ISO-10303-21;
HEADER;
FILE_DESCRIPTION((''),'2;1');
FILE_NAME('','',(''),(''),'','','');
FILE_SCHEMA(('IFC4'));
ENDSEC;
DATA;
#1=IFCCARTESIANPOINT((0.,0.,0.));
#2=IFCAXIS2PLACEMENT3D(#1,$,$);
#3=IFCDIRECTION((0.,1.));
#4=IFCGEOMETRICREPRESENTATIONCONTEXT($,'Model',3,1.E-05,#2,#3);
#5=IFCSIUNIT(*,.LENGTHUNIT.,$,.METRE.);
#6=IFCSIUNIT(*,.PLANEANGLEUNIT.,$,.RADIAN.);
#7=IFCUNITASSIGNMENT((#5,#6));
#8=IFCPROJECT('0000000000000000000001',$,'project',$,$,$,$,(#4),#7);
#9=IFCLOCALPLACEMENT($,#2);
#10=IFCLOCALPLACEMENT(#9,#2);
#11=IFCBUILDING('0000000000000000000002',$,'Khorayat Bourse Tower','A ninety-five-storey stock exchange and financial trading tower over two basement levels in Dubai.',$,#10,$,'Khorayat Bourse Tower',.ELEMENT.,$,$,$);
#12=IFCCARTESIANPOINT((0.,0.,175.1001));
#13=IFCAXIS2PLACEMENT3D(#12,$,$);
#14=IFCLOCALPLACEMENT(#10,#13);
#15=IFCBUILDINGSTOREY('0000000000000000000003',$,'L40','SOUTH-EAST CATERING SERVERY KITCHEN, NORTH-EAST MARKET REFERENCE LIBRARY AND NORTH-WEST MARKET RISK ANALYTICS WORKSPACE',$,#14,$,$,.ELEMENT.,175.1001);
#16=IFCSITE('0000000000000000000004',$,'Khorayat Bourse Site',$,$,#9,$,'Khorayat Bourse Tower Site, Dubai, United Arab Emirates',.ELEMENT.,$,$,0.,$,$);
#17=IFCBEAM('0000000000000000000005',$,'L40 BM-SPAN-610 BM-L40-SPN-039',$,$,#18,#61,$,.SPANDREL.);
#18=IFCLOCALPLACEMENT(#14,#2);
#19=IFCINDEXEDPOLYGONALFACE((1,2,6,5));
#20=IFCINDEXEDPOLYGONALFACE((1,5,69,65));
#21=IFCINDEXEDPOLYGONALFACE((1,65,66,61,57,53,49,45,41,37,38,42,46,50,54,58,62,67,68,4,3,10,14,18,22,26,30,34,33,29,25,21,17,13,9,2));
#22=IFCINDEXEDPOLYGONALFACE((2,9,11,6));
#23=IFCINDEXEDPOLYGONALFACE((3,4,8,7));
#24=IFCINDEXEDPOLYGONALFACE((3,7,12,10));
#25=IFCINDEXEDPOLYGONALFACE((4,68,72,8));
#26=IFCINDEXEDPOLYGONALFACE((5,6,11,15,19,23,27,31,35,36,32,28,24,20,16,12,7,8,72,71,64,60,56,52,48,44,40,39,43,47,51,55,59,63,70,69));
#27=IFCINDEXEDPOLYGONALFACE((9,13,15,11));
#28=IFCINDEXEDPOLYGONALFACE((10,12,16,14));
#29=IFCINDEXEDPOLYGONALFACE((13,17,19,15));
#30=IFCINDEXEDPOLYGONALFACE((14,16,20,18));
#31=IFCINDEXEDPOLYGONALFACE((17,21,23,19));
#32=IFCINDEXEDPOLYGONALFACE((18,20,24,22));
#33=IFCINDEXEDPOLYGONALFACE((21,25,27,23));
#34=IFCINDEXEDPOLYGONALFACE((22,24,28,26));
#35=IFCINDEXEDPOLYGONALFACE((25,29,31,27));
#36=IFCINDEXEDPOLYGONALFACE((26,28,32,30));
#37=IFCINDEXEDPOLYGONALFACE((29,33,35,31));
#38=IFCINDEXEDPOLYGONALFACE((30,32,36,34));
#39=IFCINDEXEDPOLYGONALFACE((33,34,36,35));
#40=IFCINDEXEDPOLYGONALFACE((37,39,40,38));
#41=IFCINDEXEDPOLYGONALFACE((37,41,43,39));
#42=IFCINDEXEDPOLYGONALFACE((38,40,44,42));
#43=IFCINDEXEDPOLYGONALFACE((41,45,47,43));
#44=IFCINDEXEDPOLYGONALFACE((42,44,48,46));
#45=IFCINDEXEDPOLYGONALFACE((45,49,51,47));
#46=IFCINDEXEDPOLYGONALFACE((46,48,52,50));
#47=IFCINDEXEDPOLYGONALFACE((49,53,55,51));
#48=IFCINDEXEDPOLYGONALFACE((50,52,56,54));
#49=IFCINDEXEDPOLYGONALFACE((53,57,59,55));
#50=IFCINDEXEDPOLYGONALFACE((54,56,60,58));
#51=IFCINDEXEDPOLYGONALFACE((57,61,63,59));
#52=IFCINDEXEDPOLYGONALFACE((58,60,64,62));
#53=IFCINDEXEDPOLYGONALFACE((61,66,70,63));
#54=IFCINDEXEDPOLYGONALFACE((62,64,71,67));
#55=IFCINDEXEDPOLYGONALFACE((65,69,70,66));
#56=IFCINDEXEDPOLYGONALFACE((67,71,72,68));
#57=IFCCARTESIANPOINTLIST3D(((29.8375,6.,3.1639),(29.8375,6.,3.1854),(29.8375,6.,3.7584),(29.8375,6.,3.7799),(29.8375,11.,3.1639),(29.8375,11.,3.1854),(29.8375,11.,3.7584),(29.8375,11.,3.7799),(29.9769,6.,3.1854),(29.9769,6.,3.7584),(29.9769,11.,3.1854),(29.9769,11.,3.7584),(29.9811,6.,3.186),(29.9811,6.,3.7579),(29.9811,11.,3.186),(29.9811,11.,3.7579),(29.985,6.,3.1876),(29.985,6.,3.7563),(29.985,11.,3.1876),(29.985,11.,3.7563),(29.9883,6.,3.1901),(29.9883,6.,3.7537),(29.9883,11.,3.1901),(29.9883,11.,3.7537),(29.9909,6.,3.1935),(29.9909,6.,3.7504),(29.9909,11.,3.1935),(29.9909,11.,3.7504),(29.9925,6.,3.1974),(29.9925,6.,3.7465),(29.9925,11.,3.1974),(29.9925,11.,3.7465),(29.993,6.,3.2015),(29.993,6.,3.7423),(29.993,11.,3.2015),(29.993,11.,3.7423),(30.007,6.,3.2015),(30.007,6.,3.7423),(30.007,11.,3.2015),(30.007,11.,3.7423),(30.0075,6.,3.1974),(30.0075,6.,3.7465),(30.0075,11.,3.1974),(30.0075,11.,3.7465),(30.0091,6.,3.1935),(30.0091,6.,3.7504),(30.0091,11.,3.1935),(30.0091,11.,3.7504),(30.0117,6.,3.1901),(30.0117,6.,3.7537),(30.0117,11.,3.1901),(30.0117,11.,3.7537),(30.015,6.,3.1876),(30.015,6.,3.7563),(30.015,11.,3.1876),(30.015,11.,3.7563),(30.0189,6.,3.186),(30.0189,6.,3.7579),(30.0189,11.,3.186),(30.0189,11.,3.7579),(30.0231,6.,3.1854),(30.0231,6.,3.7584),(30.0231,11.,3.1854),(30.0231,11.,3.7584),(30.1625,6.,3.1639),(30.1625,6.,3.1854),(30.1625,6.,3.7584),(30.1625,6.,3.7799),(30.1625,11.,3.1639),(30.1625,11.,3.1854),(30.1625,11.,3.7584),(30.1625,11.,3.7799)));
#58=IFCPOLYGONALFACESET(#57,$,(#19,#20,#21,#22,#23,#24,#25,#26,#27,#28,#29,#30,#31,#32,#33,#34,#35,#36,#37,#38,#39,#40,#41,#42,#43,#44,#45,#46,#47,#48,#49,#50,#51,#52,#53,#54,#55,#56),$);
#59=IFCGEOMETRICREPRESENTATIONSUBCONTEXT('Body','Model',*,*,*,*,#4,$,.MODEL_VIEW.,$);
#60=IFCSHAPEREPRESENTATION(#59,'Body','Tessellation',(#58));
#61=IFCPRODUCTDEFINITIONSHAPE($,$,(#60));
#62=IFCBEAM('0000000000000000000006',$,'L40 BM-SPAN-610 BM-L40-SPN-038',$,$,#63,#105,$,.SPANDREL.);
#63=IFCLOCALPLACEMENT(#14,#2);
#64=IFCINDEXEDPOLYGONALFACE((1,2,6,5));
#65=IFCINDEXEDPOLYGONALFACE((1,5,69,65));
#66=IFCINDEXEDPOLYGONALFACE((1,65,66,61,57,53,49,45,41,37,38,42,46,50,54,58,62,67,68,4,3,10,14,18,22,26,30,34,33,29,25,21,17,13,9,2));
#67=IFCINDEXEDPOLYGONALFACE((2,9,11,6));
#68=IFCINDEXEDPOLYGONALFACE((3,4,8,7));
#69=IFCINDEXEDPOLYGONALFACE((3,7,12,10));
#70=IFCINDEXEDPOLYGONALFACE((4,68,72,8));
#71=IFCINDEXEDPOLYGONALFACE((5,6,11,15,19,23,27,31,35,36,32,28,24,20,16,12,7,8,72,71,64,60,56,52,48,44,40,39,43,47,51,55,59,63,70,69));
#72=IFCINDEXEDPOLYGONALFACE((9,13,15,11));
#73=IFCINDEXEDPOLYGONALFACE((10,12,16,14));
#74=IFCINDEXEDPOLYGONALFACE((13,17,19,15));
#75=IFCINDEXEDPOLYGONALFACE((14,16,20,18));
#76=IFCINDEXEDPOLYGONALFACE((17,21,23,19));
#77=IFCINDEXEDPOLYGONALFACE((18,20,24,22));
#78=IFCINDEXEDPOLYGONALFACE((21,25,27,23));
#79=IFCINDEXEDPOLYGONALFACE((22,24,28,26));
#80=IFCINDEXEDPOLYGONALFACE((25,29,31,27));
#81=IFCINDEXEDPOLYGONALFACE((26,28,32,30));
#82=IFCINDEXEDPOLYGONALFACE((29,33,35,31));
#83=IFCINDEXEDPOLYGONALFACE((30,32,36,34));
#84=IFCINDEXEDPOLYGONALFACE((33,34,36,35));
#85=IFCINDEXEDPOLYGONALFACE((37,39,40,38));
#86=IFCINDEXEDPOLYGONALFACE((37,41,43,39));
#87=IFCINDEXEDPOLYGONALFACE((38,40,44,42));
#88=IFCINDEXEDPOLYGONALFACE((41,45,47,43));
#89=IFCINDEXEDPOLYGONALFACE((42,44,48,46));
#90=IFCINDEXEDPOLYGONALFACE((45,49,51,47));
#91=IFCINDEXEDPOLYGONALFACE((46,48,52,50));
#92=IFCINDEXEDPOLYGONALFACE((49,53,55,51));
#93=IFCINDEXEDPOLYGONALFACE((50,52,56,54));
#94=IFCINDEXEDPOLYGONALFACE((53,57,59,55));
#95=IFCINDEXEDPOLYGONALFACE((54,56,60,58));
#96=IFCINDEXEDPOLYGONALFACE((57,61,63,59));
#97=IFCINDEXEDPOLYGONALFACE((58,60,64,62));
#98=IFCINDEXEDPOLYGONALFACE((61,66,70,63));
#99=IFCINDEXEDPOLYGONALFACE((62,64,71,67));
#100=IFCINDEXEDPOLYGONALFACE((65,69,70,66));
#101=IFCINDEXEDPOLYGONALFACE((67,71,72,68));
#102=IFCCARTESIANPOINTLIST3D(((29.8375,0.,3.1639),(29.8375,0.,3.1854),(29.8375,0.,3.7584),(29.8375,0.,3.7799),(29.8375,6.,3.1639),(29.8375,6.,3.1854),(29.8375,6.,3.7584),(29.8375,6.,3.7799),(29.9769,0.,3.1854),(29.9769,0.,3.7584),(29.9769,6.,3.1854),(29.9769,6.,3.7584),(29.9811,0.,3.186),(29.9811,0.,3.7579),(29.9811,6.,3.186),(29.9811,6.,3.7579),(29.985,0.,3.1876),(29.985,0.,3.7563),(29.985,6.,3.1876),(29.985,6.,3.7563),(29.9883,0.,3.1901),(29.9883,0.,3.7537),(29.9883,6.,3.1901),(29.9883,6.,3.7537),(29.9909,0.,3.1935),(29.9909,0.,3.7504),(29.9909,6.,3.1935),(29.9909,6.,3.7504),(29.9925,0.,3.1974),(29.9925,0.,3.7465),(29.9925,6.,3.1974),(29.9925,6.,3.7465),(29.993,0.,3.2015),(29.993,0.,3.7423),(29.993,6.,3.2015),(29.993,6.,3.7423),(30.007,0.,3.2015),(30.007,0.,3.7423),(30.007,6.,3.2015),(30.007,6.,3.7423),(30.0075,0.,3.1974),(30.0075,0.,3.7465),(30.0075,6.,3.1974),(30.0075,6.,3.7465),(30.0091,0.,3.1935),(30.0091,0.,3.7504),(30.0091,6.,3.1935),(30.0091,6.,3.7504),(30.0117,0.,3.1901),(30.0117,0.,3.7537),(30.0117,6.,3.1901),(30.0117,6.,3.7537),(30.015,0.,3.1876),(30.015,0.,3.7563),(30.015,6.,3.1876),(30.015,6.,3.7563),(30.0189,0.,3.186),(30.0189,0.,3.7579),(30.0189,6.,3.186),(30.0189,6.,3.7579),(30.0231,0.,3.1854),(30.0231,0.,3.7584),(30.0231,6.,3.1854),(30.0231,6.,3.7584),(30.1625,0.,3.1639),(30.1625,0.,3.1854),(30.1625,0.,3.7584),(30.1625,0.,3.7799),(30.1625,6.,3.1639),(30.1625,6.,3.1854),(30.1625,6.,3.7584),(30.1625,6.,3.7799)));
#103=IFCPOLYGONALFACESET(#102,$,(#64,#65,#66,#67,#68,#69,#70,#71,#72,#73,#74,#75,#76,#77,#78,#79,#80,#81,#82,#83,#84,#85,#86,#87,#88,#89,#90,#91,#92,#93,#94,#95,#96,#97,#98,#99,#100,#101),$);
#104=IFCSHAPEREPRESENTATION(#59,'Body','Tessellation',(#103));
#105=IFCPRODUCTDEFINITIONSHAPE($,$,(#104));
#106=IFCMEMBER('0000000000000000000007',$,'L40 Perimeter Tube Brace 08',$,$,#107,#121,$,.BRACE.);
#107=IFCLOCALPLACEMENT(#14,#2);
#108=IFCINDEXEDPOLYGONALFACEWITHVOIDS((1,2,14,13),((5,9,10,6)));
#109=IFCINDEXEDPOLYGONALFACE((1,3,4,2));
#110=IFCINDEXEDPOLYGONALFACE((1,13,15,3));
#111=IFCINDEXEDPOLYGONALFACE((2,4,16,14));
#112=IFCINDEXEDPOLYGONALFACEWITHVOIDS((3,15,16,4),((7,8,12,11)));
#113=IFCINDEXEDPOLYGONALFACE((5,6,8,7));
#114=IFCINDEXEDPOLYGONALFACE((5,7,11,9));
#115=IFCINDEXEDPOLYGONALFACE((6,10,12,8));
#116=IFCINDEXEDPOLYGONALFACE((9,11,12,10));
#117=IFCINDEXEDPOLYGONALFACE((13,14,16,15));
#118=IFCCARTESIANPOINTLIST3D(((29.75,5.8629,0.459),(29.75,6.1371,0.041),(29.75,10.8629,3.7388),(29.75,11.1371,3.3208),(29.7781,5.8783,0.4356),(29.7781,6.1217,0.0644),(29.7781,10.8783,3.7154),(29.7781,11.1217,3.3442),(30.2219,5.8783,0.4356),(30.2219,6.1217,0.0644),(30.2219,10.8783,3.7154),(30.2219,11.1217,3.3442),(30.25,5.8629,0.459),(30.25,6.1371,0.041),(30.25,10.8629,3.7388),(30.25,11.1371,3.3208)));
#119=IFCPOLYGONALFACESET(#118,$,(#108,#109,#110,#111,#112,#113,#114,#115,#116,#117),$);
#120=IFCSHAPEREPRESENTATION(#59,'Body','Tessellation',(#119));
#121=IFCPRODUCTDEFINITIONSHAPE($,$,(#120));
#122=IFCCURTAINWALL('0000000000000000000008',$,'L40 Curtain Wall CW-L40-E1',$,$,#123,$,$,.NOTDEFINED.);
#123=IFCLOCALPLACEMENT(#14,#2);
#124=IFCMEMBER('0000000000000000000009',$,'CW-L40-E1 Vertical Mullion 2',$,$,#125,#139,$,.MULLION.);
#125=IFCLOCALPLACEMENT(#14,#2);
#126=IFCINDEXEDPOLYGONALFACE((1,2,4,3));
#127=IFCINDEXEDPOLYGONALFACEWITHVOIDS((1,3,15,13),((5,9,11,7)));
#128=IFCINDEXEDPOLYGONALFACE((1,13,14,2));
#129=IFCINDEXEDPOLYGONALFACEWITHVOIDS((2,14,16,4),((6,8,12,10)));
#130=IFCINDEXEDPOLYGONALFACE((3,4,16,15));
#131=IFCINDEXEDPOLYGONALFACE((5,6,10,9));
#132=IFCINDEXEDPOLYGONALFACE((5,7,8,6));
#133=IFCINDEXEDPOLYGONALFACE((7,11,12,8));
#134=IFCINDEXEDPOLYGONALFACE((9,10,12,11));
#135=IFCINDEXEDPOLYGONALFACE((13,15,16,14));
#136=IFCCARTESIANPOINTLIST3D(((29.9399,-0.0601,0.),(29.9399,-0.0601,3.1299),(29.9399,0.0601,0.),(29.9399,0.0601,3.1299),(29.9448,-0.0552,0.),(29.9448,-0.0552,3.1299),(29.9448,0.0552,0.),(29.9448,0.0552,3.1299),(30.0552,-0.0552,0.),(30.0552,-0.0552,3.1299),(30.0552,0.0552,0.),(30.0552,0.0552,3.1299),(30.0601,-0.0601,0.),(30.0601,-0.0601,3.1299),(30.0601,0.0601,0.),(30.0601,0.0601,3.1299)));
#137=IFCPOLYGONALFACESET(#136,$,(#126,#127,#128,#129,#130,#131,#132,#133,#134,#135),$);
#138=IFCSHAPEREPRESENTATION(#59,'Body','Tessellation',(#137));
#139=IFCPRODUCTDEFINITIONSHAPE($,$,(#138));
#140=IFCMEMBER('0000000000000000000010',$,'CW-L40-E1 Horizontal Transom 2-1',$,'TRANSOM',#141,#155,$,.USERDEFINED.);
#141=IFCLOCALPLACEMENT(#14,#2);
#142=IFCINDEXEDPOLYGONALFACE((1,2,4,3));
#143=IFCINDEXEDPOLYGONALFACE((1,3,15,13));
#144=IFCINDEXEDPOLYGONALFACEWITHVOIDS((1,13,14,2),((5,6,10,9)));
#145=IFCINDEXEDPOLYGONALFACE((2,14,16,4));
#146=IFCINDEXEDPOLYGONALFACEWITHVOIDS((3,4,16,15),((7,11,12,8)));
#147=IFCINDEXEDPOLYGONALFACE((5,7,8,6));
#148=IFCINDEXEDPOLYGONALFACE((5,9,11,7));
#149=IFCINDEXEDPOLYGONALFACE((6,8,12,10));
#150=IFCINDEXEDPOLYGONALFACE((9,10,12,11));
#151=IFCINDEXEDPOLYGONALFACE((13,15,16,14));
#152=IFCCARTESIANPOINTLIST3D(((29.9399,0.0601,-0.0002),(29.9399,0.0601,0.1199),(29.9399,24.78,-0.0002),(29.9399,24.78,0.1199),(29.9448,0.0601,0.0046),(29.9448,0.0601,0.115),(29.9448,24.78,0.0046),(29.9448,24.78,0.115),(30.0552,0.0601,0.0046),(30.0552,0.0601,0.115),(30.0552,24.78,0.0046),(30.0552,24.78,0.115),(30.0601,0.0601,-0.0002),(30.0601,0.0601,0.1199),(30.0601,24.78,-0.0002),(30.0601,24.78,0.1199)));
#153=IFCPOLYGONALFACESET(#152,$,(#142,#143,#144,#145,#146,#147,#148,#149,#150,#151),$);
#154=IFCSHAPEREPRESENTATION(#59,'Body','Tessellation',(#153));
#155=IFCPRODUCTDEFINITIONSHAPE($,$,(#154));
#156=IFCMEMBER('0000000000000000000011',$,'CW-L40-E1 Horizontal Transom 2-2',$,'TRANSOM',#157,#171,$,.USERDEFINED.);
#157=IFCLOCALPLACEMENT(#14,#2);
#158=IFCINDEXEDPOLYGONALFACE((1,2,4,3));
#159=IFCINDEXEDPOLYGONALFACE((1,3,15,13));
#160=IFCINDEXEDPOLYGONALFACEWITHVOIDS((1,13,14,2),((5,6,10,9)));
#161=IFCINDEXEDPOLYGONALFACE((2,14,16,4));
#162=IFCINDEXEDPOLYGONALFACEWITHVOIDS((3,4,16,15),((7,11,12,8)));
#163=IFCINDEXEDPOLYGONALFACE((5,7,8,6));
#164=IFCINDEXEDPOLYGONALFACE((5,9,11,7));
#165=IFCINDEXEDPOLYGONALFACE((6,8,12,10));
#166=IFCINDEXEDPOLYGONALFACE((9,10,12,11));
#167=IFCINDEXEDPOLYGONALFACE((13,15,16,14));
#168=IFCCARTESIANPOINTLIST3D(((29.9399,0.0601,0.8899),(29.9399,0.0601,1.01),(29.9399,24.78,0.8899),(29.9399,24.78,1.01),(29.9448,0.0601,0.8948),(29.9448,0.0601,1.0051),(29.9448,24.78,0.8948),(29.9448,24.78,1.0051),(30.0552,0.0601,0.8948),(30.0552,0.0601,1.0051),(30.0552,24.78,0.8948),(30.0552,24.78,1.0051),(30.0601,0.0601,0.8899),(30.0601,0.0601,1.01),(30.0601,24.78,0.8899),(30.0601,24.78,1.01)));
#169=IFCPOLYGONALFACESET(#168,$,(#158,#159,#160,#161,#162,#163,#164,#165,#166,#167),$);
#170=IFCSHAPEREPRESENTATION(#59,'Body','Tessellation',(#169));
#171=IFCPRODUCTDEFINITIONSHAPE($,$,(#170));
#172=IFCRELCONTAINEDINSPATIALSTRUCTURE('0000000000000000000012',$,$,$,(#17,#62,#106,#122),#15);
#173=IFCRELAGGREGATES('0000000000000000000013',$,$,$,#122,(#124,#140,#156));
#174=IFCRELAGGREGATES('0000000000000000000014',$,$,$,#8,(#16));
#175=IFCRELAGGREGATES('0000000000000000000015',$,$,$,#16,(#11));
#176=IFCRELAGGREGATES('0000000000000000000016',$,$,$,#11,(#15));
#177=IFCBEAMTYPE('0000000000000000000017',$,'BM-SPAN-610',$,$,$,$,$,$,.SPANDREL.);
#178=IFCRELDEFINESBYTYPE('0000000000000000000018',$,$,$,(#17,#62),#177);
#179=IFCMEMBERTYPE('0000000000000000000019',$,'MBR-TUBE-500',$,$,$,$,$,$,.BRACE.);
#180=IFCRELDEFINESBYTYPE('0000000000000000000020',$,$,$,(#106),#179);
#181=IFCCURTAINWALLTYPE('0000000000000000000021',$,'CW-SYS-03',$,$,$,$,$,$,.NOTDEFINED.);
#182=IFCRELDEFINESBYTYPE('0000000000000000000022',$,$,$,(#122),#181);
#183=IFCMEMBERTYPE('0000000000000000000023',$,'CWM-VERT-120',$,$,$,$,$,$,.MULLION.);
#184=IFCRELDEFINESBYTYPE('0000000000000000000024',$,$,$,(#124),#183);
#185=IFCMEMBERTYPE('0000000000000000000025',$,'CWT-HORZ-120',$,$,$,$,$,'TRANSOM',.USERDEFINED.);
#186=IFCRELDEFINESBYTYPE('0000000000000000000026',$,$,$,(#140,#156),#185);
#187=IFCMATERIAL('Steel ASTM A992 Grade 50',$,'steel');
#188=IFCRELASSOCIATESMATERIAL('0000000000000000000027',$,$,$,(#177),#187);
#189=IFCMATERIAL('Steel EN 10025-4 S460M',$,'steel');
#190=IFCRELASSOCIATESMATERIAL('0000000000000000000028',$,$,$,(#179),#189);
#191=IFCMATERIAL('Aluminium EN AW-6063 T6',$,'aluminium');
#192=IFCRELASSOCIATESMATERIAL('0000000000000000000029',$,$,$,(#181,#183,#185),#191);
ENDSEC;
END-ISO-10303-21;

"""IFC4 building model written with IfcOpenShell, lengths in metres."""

from ifc_helpers import new_model, si_unit, direction, frame, origin, origin_2d, place, context, subcontext, project, spatial, hollow_rectangle, i_section, extrude, source, transform, mapped, material, material_profile, profile_set, type_object, element, aggregate, save


model = new_model("IFC4")

# Units and contexts
model_context = context("Model", 3, precision=1e-05, world=origin(), true_north=direction((0.0, 1.0)))
body_context = subcontext(model_context, "Body", "Model", "MODEL_VIEW")
ifc_project = project(units=[si_unit("LENGTHUNIT", "METRE"), si_unit("PLANEANGLEUNIT", "RADIAN")], contexts=[model_context])

# Site, building, storey
site_placement = place(None, origin())
site = spatial("IfcSite", under=ifc_project, at=site_placement, Name="Khorayat Bourse Site", LongName="Khorayat Bourse Tower Site, Dubai, United Arab Emirates", CompositionType="ELEMENT", RefElevation=0.0)
building_placement = place(site_placement, origin())
building = spatial("IfcBuilding", under=site, at=building_placement, Name="Khorayat Bourse Tower", Description="A ninety-five-storey stock exchange and financial trading tower over two basement levels in Dubai.", LongName="Khorayat Bourse Tower", CompositionType="ELEMENT")
storey_placement = place(building_placement, frame((0.0, 0.0, 175.1001)))
storey = spatial("IfcBuildingStorey", under=building, at=storey_placement, Name="L40", Description="SOUTH-EAST CATERING SERVERY KITCHEN, NORTH-EAST MARKET REFERENCE LIBRARY AND NORTH-WEST MARKET RISK ANALYTICS WORKSPACE", CompositionType="ELEMENT", Elevation=175.1001)

# Shared definitions
ifc_material_1 = material(Name="Steel EN 10025-4 S460M", Category="steel")

# Beams
ifc_material_2 = material(Name="Steel ASTM A992 Grade 50", Category="steel")
ifc_material_profile_1 = material_profile(ifc_material_2, i_section(OverallWidth=0.325, OverallDepth=0.616, WebThickness=0.0139, FlangeThickness=0.0215, FilletRadius=0.0161, at=origin_2d()), Name="W610X174")
ifc_profile_set_1 = profile_set([ifc_material_profile_1], Name="Steel ASTM A992 Grade 50")
beam_type_1 = type_object("IfcBeamType", Name="BM-SPAN-610", PredefinedType="SPANDREL", material=ifc_profile_set_1)
shared_shape_1 = source(origin(), body_context, "Body", "SweptSolid", [
    extrude(i_section(OverallWidth=0.325, OverallDepth=0.616, WebThickness=0.0139, FlangeThickness=0.0215, FilletRadius=0.0161, at=origin_2d()), origin(), (0.0, 0.0, 1.0), 5.0),
])
beam_1_placement = place(storey_placement, frame((30.0, 6.0, 3.4719), z_axis=(0.0, 1.0, 0.0), x_axis=(-1.0, 0.0, 0.0)))
element("IfcBeam", 1, at=beam_1_placement, inside=storey, type_object=beam_type_1, Name="L40 BM-SPAN-610 BM-L40-SPN-039", PredefinedType="SPANDREL", context=body_context, shape_type="MappedRepresentation", body=[
    mapped(shared_shape_1, transform((0.0, 0.0, 0.0), scale=1.0)),
])
shared_shape_2 = source(origin(), body_context, "Body", "SweptSolid", [
    extrude(i_section(OverallWidth=0.325, OverallDepth=0.616, WebThickness=0.0139, FlangeThickness=0.0215, FilletRadius=0.0161, at=origin_2d()), origin(), (0.0, 0.0, 1.0), 6.0),
])
beam_2_placement = place(storey_placement, frame((30.0, 0.0, 3.4719), z_axis=(0.0, 1.0, 0.0), x_axis=(-1.0, 0.0, 0.0)))
element("IfcBeam", 2, at=beam_2_placement, inside=storey, type_object=beam_type_1, Name="L40 BM-SPAN-610 BM-L40-SPN-038", PredefinedType="SPANDREL", context=body_context, shape_type="MappedRepresentation", body=[
    mapped(shared_shape_2, transform((0.0, 0.0, 0.0), scale=1.0)),
])

# Member
ifc_material_profile_2 = material_profile(ifc_material_1, hollow_rectangle(XDim=0.5, YDim=0.5, WallThickness=0.0281, at=origin_2d()), Name="HSS 500x500x28")
ifc_profile_set_2 = profile_set([ifc_material_profile_2], Name="Steel EN 10025-4 S460M")
member_type_1 = type_object("IfcMemberType", Name="MBR-TUBE-500", PredefinedType="BRACE", material=ifc_profile_set_2)
shared_shape_3 = source(origin(), body_context, "Body", "SweptSolid", [
    extrude(hollow_rectangle(XDim=0.5, YDim=0.5, WallThickness=0.0281, at=origin_2d()), origin(), (0.0, 0.0, 1.0), 5.9797),
])
member_1_placement = place(storey_placement, frame((30.0, 6.0, 0.25), z_axis=(0.0, 0.83616, 0.548485), x_axis=(-1.0, 0.0, 0.0)))
element("IfcMember", 3, at=member_1_placement, inside=storey, type_object=member_type_1, Name="L40 Perimeter Tube Brace 08", PredefinedType="BRACE", context=body_context, shape_type="MappedRepresentation", body=[
    mapped(shared_shape_3, transform((0.0, 0.0, 0.0), scale=1.0)),
])

# Curtain wall, members
ifc_material_3 = material(Name="Aluminium EN AW-6063 T6", Category="aluminium")
curtain_wall_type = type_object("IfcCurtainWallType", Name="CW-SYS-03", PredefinedType="NOTDEFINED", material=ifc_material_3)
curtain_wall_placement = place(storey_placement, origin())
curtain_wall = element("IfcCurtainWall", 4, at=curtain_wall_placement, inside=storey, type_object=curtain_wall_type, Name="L40 Curtain Wall CW-L40-E1", PredefinedType="NOTDEFINED")
ifc_material_profile_3 = material_profile(ifc_material_3, hollow_rectangle(XDim=0.1201, YDim=0.1201, WallThickness=0.0049, at=origin_2d()), Name="ALU 120x120x5")
ifc_profile_set_3 = profile_set([ifc_material_profile_3], Name="Aluminium EN AW-6063 T6")
member_type_2 = type_object("IfcMemberType", Name="CWM-VERT-120", PredefinedType="MULLION", material=ifc_profile_set_3)
shared_shape_4 = source(origin(), body_context, "Body", "SweptSolid", [
    extrude(hollow_rectangle(XDim=0.1201, YDim=0.1201, WallThickness=0.0049, at=origin_2d()), origin(), (0.0, 0.0, 1.0), 3.1299),
])
member_2_placement = place(storey_placement, frame((30.0, 0.0, 0.0), z_axis=(0.0, 0.0, 1.0), x_axis=(-1.0, 0.0, 0.0)))
member_2 = element("IfcMember", 5, at=member_2_placement, type_object=member_type_2, Name="CW-L40-E1 Vertical Mullion 2", PredefinedType="MULLION", context=body_context, shape_type="MappedRepresentation", body=[
    mapped(shared_shape_4, transform((0.0, 0.0, 0.0), scale=1.0)),
])
ifc_material_profile_4 = material_profile(ifc_material_3, hollow_rectangle(XDim=0.1201, YDim=0.1201, WallThickness=0.0049, at=origin_2d()), Name="ALU 120x120x5")
ifc_profile_set_4 = profile_set([ifc_material_profile_4], Name="Aluminium EN AW-6063 T6")
member_type_3 = type_object("IfcMemberType", Name="CWT-HORZ-120", ElementType="TRANSOM", PredefinedType="USERDEFINED", material=ifc_profile_set_4)
shared_shape_5 = source(origin(), body_context, "Body", "SweptSolid", [
    extrude(hollow_rectangle(XDim=0.1201, YDim=0.1201, WallThickness=0.0049, at=origin_2d()), origin(), (0.0, 0.0, 1.0), 24.72),
])
member_3_placement = place(storey_placement, frame((30.0, 0.0601, 0.0598), z_axis=(0.0, 1.0, 0.0), x_axis=(-1.0, 0.0, 0.0)))
member_3 = element("IfcMember", 6, at=member_3_placement, type_object=member_type_3, Name="CW-L40-E1 Horizontal Transom 2-1", ObjectType="TRANSOM", PredefinedType="USERDEFINED", context=body_context, shape_type="MappedRepresentation", body=[
    mapped(shared_shape_5, transform((0.0, 0.0, 0.0), scale=1.0)),
])
member_4_placement = place(storey_placement, frame((30.0, 0.0601, 0.95), z_axis=(0.0, 1.0, 0.0), x_axis=(-1.0, 0.0, 0.0)))
member_4 = element("IfcMember", 7, at=member_4_placement, type_object=member_type_3, Name="CW-L40-E1 Horizontal Transom 2-2", ObjectType="TRANSOM", PredefinedType="USERDEFINED", context=body_context, shape_type="MappedRepresentation", body=[
    mapped(shared_shape_5, transform((0.0, 0.0, 0.0), scale=1.0)),
])

aggregate(curtain_wall, [member_2, member_3, member_4])

save(model, "model.ifc")
